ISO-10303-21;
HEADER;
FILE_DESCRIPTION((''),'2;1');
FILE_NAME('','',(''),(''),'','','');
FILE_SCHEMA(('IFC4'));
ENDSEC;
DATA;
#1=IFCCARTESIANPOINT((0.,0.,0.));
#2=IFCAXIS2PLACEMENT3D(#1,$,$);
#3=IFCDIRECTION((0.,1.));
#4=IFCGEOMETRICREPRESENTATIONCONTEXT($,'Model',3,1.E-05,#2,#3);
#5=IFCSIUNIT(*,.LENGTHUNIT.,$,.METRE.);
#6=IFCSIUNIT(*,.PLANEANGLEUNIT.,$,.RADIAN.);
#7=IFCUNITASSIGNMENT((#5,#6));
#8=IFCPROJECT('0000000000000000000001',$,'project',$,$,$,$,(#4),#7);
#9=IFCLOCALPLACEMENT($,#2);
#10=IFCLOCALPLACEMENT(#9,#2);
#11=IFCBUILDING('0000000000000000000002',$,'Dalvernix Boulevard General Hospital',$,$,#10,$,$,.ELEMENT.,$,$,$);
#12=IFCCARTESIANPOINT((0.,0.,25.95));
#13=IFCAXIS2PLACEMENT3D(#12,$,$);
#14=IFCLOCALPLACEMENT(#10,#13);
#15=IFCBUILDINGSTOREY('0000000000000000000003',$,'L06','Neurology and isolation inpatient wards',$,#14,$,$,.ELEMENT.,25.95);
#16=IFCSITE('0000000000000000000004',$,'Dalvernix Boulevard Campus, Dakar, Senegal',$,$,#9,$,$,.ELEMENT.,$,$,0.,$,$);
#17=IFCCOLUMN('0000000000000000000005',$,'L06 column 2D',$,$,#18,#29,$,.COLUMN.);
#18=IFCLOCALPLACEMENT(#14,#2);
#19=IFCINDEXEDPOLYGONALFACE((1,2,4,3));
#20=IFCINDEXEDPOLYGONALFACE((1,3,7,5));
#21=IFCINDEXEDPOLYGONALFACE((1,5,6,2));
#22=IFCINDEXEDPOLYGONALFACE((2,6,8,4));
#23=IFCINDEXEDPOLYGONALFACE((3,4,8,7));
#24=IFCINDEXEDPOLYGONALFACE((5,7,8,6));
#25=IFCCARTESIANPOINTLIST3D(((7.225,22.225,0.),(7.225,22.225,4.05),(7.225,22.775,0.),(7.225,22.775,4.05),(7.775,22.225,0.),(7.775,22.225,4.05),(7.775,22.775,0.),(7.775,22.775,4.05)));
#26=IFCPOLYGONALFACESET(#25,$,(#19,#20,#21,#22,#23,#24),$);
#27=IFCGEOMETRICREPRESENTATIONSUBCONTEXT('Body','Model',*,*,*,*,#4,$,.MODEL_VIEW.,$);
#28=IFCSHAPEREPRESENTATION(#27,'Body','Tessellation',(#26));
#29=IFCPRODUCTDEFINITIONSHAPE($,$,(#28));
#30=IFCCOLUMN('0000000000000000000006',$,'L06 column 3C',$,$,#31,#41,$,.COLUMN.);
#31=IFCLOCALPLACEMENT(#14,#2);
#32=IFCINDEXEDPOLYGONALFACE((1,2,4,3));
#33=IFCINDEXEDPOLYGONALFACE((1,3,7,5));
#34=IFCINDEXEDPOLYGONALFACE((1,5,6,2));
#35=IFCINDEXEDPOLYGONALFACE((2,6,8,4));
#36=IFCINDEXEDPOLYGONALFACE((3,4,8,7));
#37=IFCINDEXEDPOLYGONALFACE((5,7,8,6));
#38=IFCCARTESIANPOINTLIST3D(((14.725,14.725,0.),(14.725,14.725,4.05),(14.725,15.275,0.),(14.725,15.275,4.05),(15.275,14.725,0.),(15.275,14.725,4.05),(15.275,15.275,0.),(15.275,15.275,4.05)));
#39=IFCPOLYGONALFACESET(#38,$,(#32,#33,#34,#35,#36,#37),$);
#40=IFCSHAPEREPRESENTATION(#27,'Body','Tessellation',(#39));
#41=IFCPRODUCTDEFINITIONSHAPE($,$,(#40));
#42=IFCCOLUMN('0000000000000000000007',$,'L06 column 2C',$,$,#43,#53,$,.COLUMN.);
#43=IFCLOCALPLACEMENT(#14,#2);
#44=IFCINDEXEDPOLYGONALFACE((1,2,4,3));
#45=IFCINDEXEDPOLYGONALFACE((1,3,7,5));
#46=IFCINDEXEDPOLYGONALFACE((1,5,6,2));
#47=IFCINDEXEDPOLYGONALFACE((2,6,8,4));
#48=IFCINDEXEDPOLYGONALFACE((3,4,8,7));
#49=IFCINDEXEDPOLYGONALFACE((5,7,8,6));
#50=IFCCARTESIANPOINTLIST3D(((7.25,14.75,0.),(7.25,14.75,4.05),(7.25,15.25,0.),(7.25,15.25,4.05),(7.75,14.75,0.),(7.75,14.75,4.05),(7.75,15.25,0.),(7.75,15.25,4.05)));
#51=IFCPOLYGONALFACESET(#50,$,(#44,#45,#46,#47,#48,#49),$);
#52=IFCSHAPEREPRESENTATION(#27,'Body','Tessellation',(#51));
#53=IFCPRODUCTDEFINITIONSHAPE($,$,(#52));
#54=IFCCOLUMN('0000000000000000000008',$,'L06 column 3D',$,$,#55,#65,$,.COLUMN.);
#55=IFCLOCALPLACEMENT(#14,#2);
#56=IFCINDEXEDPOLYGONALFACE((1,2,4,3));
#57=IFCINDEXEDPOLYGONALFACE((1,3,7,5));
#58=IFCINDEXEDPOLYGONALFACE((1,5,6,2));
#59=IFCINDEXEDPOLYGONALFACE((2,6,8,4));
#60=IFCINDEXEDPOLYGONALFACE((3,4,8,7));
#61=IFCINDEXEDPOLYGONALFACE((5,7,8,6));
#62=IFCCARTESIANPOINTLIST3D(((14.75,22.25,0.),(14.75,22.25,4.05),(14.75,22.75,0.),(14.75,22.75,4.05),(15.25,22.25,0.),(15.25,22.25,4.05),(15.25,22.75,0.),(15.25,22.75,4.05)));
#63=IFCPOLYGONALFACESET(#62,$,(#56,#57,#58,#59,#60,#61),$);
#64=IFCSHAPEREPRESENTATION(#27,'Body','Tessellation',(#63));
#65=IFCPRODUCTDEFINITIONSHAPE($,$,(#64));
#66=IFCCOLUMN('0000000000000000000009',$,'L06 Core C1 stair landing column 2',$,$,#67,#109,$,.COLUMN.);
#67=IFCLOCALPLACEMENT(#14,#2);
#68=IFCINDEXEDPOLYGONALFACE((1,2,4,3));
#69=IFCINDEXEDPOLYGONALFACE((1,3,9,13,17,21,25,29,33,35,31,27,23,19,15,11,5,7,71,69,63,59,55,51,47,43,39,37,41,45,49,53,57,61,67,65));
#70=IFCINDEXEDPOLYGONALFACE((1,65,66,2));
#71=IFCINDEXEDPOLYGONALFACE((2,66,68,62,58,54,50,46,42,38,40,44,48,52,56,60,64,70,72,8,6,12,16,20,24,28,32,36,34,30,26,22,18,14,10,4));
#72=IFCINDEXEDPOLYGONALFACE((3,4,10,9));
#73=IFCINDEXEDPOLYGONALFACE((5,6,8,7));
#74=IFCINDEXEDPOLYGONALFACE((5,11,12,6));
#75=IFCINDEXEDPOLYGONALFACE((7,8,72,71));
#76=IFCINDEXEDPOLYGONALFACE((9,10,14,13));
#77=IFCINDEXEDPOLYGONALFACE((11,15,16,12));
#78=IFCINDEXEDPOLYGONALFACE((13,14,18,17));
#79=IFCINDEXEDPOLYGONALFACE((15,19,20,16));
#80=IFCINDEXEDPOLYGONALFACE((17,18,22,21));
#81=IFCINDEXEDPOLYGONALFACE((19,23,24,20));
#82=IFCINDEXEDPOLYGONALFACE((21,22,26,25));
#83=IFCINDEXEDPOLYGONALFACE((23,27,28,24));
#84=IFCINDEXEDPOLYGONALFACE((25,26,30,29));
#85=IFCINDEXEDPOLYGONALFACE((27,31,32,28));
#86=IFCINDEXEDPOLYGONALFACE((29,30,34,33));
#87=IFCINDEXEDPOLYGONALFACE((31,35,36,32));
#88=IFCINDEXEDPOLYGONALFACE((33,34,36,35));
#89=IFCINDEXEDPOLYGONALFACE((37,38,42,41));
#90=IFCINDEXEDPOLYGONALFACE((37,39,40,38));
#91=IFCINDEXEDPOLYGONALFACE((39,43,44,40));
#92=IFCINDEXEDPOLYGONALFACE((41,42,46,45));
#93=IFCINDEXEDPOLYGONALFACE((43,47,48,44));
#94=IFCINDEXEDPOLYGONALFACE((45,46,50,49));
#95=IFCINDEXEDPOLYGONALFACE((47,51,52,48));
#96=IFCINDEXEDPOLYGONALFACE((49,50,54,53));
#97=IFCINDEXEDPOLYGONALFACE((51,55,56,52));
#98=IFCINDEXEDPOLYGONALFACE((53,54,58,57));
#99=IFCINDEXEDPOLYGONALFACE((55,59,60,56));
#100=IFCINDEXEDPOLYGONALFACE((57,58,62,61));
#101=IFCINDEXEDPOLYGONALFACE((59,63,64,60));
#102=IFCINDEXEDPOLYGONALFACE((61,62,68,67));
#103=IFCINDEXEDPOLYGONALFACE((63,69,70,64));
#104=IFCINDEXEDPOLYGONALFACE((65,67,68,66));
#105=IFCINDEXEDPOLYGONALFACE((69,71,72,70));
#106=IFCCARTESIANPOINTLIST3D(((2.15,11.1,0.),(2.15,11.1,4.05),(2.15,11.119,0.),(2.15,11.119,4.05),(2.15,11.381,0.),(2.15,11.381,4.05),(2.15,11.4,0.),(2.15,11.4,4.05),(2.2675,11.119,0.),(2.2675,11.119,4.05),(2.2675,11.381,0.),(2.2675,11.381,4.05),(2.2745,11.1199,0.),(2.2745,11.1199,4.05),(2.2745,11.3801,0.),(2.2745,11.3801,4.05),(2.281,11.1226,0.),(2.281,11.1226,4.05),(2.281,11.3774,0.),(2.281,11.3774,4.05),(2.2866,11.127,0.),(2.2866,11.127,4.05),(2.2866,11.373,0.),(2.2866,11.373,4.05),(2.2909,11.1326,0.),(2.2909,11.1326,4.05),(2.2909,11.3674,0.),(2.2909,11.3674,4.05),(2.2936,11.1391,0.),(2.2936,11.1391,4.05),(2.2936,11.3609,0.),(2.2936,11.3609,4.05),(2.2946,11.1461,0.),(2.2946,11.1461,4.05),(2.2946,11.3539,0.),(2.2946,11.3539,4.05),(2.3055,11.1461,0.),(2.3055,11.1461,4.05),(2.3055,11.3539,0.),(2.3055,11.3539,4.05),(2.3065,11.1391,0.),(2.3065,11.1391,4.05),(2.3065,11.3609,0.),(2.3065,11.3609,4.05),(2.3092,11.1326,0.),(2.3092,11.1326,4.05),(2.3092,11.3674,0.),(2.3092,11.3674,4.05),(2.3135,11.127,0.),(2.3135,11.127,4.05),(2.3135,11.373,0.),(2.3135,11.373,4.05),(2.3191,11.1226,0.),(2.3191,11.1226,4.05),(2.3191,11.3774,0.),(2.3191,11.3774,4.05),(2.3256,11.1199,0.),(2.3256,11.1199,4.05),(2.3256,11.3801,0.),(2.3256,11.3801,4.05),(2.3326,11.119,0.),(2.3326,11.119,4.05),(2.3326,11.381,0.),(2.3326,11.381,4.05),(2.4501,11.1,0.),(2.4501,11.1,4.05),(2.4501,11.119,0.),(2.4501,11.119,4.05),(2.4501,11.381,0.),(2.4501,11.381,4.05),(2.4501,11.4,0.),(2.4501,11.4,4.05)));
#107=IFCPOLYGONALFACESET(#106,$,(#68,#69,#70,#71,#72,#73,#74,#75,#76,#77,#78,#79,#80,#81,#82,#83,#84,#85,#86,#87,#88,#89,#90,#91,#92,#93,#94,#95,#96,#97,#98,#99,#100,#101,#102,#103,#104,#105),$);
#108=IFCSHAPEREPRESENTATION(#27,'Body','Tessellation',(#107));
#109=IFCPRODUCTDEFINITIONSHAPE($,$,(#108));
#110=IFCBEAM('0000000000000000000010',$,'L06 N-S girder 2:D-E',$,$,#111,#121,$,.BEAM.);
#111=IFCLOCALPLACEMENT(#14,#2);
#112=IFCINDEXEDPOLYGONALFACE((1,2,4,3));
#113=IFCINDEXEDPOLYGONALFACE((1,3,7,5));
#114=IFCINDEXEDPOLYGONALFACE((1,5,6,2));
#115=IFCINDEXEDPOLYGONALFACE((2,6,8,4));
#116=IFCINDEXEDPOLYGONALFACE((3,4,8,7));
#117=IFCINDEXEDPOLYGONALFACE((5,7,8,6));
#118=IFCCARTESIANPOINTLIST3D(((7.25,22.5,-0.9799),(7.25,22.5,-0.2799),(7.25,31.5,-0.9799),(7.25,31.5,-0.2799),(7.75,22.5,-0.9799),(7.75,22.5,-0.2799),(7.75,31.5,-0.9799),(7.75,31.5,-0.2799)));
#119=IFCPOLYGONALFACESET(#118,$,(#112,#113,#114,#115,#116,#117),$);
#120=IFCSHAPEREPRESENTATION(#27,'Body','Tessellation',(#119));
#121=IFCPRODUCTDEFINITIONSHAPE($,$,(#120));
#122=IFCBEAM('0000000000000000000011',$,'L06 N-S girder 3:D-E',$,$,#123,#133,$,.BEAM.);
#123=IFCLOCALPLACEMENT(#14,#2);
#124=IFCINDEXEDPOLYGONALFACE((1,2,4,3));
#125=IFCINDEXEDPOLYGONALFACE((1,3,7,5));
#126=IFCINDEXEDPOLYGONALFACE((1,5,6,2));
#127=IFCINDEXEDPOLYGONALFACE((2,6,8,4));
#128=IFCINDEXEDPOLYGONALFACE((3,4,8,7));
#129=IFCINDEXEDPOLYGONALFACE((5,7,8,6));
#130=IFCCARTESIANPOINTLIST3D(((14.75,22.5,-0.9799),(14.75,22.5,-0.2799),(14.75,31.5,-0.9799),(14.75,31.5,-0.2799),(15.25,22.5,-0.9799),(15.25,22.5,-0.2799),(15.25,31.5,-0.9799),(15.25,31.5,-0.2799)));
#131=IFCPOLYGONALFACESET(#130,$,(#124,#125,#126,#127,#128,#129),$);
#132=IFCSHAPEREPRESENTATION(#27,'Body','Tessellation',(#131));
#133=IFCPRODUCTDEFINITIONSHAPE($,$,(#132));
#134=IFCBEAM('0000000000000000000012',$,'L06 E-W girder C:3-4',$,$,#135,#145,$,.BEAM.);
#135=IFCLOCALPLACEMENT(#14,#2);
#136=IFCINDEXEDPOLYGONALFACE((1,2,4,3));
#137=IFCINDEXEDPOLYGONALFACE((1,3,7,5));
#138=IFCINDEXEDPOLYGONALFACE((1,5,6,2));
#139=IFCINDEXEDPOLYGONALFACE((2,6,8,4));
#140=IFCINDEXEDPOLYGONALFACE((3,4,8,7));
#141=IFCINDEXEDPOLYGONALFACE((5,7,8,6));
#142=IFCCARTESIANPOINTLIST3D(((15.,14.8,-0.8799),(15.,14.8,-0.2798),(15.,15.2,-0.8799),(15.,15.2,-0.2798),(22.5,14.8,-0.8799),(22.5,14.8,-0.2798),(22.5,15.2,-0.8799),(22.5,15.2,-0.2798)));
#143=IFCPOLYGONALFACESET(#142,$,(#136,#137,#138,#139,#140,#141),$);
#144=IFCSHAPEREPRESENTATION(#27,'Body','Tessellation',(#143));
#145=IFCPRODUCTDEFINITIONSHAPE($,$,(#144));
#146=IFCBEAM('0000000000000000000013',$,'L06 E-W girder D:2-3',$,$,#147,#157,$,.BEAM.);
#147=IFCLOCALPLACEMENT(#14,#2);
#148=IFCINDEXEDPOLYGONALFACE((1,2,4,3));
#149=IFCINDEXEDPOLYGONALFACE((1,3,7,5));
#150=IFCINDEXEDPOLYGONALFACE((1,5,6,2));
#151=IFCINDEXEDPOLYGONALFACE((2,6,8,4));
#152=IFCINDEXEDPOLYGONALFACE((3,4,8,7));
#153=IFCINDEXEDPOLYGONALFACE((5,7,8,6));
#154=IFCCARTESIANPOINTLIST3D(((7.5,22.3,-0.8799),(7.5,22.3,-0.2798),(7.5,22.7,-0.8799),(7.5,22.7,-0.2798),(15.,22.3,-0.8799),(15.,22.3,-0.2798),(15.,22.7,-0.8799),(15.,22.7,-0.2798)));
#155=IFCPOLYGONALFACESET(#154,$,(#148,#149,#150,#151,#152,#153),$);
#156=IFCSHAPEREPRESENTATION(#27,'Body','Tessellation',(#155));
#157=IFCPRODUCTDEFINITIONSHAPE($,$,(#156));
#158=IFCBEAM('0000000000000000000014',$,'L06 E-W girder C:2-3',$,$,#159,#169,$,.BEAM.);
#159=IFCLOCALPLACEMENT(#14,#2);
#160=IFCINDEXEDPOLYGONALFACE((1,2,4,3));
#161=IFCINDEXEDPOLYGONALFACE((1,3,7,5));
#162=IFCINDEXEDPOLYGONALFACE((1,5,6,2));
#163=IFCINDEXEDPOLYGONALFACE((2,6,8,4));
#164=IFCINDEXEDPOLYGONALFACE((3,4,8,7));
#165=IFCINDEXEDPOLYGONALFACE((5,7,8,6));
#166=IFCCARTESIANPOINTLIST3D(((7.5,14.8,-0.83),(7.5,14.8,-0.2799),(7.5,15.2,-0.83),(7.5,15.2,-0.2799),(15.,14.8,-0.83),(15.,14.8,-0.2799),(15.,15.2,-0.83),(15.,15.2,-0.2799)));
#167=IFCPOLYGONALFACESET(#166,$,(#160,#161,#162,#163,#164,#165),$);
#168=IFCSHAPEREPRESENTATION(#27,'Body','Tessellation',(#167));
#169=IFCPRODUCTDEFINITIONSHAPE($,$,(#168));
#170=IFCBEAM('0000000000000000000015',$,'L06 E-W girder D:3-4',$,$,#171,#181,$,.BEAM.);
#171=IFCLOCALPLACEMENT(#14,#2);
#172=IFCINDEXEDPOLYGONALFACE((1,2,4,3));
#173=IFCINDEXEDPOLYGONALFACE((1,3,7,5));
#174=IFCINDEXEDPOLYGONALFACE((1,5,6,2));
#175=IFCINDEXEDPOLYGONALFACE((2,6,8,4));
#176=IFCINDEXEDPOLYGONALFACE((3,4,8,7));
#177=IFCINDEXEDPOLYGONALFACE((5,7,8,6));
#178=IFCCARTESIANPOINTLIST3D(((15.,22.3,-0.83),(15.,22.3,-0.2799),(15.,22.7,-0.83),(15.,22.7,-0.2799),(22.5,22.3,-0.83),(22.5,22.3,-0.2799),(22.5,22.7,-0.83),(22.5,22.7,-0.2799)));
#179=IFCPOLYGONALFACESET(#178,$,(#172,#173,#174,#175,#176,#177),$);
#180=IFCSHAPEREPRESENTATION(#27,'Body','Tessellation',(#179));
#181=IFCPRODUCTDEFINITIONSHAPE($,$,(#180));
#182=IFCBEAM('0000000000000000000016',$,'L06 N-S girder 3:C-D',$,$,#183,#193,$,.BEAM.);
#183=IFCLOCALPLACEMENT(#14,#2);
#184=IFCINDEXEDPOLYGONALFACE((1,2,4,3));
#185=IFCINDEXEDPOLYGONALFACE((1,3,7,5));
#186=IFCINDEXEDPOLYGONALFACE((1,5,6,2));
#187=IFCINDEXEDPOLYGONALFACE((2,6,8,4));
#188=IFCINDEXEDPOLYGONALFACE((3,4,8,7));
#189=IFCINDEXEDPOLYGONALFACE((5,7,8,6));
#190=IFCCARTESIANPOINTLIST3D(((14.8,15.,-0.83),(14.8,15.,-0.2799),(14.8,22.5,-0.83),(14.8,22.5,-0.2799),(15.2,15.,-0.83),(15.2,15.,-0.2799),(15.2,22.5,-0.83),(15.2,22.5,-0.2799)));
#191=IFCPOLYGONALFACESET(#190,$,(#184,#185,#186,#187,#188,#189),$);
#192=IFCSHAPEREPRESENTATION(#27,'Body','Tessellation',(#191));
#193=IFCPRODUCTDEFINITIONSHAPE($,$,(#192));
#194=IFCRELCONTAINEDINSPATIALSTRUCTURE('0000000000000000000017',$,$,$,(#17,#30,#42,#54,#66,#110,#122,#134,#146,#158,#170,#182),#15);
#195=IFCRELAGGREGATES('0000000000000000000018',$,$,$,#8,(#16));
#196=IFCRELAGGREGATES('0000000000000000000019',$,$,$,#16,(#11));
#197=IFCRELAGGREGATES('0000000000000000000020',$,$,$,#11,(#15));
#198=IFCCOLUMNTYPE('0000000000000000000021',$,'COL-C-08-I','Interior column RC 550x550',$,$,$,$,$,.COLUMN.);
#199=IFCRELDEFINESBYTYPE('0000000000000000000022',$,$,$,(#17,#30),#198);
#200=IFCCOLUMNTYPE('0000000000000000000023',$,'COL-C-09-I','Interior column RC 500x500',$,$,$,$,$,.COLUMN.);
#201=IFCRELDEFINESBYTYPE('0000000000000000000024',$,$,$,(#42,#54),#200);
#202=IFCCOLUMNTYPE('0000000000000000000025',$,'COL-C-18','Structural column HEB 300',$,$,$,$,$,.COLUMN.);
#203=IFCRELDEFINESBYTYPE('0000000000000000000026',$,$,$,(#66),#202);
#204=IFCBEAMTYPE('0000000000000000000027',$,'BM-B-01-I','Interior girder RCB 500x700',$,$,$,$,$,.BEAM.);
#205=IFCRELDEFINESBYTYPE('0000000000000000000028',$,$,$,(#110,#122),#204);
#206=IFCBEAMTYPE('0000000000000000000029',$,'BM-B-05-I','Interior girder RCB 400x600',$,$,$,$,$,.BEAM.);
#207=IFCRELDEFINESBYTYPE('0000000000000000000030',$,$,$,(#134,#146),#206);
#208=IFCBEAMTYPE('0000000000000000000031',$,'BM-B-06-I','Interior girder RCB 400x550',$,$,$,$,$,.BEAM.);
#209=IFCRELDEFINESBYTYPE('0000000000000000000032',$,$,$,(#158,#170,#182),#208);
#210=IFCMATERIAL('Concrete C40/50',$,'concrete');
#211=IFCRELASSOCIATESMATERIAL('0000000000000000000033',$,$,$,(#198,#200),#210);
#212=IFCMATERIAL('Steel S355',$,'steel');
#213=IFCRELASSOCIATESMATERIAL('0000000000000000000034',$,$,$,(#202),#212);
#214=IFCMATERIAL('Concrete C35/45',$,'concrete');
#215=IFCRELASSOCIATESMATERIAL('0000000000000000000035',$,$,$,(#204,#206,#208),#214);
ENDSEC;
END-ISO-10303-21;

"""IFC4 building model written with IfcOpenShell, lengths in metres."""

from ifc_helpers import new_model, si_unit, direction, frame, origin, origin_2d, place, context, subcontext, project, spatial, rectangle, i_section, extrude, material, material_profile, profile_set, type_object, element, save


model = new_model("IFC4")

# Units and contexts
model_context = context("Model", 3, precision=1e-05, world=origin(), true_north=direction((0.0, 1.0)))
body_context = subcontext(model_context, "Body", "Model", "MODEL_VIEW")
ifc_project = project(units=[si_unit("LENGTHUNIT", "METRE"), si_unit("PLANEANGLEUNIT", "RADIAN")], contexts=[model_context])

# Site, building, storey
site_placement = place(None, origin())
site = spatial("IfcSite", under=ifc_project, at=site_placement, Name="Dalvernix Boulevard Campus, Dakar, Senegal", CompositionType="ELEMENT", RefElevation=0.0)
building_placement = place(site_placement, origin())
building = spatial("IfcBuilding", under=site, at=building_placement, Name="Dalvernix Boulevard General Hospital", CompositionType="ELEMENT")
storey_placement = place(building_placement, frame((0.0, 0.0, 25.95)))
storey = spatial("IfcBuildingStorey", under=building, at=storey_placement, Name="L06", Description="Neurology and isolation inpatient wards", CompositionType="ELEMENT", Elevation=25.95)

# Columns
ifc_material_1 = material(Name="Concrete C40/50", Category="concrete")
ifc_material_profile_1 = material_profile(ifc_material_1, rectangle(XDim=0.55, YDim=0.55, at=origin_2d()), Name="RC 550x550")
ifc_profile_set_1 = profile_set([ifc_material_profile_1], Name="Concrete C40/50")
column_type_1 = type_object("IfcColumnType", Name="COL-C-08-I", Description="Interior column RC 550x550", PredefinedType="COLUMN", material=ifc_profile_set_1)
for number, where, z_axis, x_axis, name in (
    (1, (7.5, 22.5, 0.0), (0.0, 0.0, 1.0), (1.0, 0.0, 0.0), "L06 column 2D"),
    (2, (15.0, 15.0, 0.0), (0.0, 0.0, 1.0), (1.0, 0.0, 0.0), "L06 column 3C"),
):
    element("IfcColumn", number, at=place(storey_placement, frame(where, z_axis=z_axis, x_axis=x_axis)), inside=storey, type_object=column_type_1, Name=name, PredefinedType="COLUMN", context=body_context, shape_type="SweptSolid", body=[
        extrude(rectangle(XDim=0.55, YDim=0.55, at=origin_2d()), origin(), (0.0, 0.0, 1.0), 4.05),
    ])
ifc_material_profile_2 = material_profile(ifc_material_1, rectangle(XDim=0.5, YDim=0.5, at=origin_2d()), Name="RC 500x500")
ifc_profile_set_2 = profile_set([ifc_material_profile_2], Name="Concrete C40/50")
column_type_2 = type_object("IfcColumnType", Name="COL-C-09-I", Description="Interior column RC 500x500", PredefinedType="COLUMN", material=ifc_profile_set_2)
for number, where, z_axis, x_axis, name in (
    (3, (7.5, 15.0, 0.0), (0.0, 0.0, 1.0), (1.0, 0.0, 0.0), "L06 column 2C"),
    (4, (15.0, 22.5, 0.0), (0.0, 0.0, 1.0), (1.0, 0.0, 0.0), "L06 column 3D"),
):
    element("IfcColumn", number, at=place(storey_placement, frame(where, z_axis=z_axis, x_axis=x_axis)), inside=storey, type_object=column_type_2, Name=name, PredefinedType="COLUMN", context=body_context, shape_type="SweptSolid", body=[
        extrude(rectangle(XDim=0.5, YDim=0.5, at=origin_2d()), origin(), (0.0, 0.0, 1.0), 4.05),
    ])
ifc_material_2 = material(Name="Steel S355", Category="steel")
ifc_material_profile_3 = material_profile(ifc_material_2, i_section(OverallWidth=0.3, OverallDepth=0.3, WebThickness=0.011, FlangeThickness=0.019, FilletRadius=0.0271, at=origin_2d()), Name="HEB 300")
ifc_profile_set_3 = profile_set([ifc_material_profile_3], Name="Steel S355")
column_type_3 = type_object("IfcColumnType", Name="COL-C-18", Description="Structural column HEB 300", PredefinedType="COLUMN", material=ifc_profile_set_3)
column_placement = place(storey_placement, frame((2.3, 11.25, 0.0), z_axis=(0.0, 0.0, 1.0), x_axis=(1.0, 0.0, 0.0)))
element("IfcColumn", 5, at=column_placement, inside=storey, type_object=column_type_3, Name="L06 Core C1 stair landing column 2", PredefinedType="COLUMN", context=body_context, shape_type="SweptSolid", body=[
    extrude(i_section(OverallWidth=0.3, OverallDepth=0.3, WebThickness=0.011, FlangeThickness=0.019, FilletRadius=0.0271, at=origin_2d()), origin(), (0.0, 0.0, 1.0), 4.05),
])

# Beams
ifc_material_3 = material(Name="Concrete C35/45", Category="concrete")
ifc_material_profile_4 = material_profile(ifc_material_3, rectangle(XDim=0.5, YDim=0.7, at=origin_2d()), Name="RCB 500x700")
ifc_profile_set_4 = profile_set([ifc_material_profile_4], Name="Concrete C35/45")
beam_type_1 = type_object("IfcBeamType", Name="BM-B-01-I", Description="Interior girder RCB 500x700", PredefinedType="BEAM", material=ifc_profile_set_4)
for number, where, z_axis, x_axis, name in (
    (6, (7.5, 22.5, -0.6299), (0.0, 1.0, 0.0), (-1.0, 0.0, 0.0), "L06 N-S girder 2:D-E"),
    (7, (15.0, 22.5, -0.6299), (0.0, 1.0, 0.0), (-1.0, 0.0, 0.0), "L06 N-S girder 3:D-E"),
):
    element("IfcBeam", number, at=place(storey_placement, frame(where, z_axis=z_axis, x_axis=x_axis)), inside=storey, type_object=beam_type_1, Name=name, PredefinedType="BEAM", context=body_context, shape_type="SweptSolid", body=[
        extrude(rectangle(XDim=0.5, YDim=0.7, at=origin_2d()), origin(), (0.0, 0.0, 1.0), 9.0),
    ])
ifc_material_profile_5 = material_profile(ifc_material_3, rectangle(XDim=0.3999, YDim=0.6001, at=origin_2d()), Name="RCB 400x600")
ifc_profile_set_5 = profile_set([ifc_material_profile_5], Name="Concrete C35/45")
beam_type_2 = type_object("IfcBeamType", Name="BM-B-05-I", Description="Interior girder RCB 400x600", PredefinedType="BEAM", material=ifc_profile_set_5)
for number, where, z_axis, x_axis, name in (
    (8, (15.0, 15.0, -0.5798), (1.0, 0.0, 0.0), (0.0, 1.0, 0.0), "L06 E-W girder C:3-4"),
    (9, (7.5, 22.5, -0.5798), (1.0, 0.0, 0.0), (0.0, 1.0, 0.0), "L06 E-W girder D:2-3"),
):
    element("IfcBeam", number, at=place(storey_placement, frame(where, z_axis=z_axis, x_axis=x_axis)), inside=storey, type_object=beam_type_2, Name=name, PredefinedType="BEAM", context=body_context, shape_type="SweptSolid", body=[
        extrude(rectangle(XDim=0.3999, YDim=0.6001, at=origin_2d()), origin(), (0.0, 0.0, 1.0), 7.5),
    ])
ifc_material_profile_6 = material_profile(ifc_material_3, rectangle(XDim=0.3999, YDim=0.55, at=origin_2d()), Name="RCB 400x550")
ifc_profile_set_6 = profile_set([ifc_material_profile_6], Name="Concrete C35/45")
beam_type_3 = type_object("IfcBeamType", Name="BM-B-06-I", Description="Interior girder RCB 400x550", PredefinedType="BEAM", material=ifc_profile_set_6)
for number, where, z_axis, x_axis, name in (
    (10, (7.5, 15.0, -0.5549), (1.0, 0.0, 0.0), (0.0, 1.0, 0.0), "L06 E-W girder C:2-3"),
    (11, (15.0, 22.5, -0.5549), (1.0, 0.0, 0.0), (0.0, 1.0, 0.0), "L06 E-W girder D:3-4"),
    (12, (15.0, 15.0, -0.5549), (0.0, 1.0, 0.0), (-1.0, 0.0, 0.0), "L06 N-S girder 3:C-D"),
):
    element("IfcBeam", number, at=place(storey_placement, frame(where, z_axis=z_axis, x_axis=x_axis)), inside=storey, type_object=beam_type_3, Name=name, PredefinedType="BEAM", context=body_context, shape_type="SweptSolid", body=[
        extrude(rectangle(XDim=0.3999, YDim=0.55, at=origin_2d()), origin(), (0.0, 0.0, 1.0), 7.5),
    ])

save(model, "model.ifc")
